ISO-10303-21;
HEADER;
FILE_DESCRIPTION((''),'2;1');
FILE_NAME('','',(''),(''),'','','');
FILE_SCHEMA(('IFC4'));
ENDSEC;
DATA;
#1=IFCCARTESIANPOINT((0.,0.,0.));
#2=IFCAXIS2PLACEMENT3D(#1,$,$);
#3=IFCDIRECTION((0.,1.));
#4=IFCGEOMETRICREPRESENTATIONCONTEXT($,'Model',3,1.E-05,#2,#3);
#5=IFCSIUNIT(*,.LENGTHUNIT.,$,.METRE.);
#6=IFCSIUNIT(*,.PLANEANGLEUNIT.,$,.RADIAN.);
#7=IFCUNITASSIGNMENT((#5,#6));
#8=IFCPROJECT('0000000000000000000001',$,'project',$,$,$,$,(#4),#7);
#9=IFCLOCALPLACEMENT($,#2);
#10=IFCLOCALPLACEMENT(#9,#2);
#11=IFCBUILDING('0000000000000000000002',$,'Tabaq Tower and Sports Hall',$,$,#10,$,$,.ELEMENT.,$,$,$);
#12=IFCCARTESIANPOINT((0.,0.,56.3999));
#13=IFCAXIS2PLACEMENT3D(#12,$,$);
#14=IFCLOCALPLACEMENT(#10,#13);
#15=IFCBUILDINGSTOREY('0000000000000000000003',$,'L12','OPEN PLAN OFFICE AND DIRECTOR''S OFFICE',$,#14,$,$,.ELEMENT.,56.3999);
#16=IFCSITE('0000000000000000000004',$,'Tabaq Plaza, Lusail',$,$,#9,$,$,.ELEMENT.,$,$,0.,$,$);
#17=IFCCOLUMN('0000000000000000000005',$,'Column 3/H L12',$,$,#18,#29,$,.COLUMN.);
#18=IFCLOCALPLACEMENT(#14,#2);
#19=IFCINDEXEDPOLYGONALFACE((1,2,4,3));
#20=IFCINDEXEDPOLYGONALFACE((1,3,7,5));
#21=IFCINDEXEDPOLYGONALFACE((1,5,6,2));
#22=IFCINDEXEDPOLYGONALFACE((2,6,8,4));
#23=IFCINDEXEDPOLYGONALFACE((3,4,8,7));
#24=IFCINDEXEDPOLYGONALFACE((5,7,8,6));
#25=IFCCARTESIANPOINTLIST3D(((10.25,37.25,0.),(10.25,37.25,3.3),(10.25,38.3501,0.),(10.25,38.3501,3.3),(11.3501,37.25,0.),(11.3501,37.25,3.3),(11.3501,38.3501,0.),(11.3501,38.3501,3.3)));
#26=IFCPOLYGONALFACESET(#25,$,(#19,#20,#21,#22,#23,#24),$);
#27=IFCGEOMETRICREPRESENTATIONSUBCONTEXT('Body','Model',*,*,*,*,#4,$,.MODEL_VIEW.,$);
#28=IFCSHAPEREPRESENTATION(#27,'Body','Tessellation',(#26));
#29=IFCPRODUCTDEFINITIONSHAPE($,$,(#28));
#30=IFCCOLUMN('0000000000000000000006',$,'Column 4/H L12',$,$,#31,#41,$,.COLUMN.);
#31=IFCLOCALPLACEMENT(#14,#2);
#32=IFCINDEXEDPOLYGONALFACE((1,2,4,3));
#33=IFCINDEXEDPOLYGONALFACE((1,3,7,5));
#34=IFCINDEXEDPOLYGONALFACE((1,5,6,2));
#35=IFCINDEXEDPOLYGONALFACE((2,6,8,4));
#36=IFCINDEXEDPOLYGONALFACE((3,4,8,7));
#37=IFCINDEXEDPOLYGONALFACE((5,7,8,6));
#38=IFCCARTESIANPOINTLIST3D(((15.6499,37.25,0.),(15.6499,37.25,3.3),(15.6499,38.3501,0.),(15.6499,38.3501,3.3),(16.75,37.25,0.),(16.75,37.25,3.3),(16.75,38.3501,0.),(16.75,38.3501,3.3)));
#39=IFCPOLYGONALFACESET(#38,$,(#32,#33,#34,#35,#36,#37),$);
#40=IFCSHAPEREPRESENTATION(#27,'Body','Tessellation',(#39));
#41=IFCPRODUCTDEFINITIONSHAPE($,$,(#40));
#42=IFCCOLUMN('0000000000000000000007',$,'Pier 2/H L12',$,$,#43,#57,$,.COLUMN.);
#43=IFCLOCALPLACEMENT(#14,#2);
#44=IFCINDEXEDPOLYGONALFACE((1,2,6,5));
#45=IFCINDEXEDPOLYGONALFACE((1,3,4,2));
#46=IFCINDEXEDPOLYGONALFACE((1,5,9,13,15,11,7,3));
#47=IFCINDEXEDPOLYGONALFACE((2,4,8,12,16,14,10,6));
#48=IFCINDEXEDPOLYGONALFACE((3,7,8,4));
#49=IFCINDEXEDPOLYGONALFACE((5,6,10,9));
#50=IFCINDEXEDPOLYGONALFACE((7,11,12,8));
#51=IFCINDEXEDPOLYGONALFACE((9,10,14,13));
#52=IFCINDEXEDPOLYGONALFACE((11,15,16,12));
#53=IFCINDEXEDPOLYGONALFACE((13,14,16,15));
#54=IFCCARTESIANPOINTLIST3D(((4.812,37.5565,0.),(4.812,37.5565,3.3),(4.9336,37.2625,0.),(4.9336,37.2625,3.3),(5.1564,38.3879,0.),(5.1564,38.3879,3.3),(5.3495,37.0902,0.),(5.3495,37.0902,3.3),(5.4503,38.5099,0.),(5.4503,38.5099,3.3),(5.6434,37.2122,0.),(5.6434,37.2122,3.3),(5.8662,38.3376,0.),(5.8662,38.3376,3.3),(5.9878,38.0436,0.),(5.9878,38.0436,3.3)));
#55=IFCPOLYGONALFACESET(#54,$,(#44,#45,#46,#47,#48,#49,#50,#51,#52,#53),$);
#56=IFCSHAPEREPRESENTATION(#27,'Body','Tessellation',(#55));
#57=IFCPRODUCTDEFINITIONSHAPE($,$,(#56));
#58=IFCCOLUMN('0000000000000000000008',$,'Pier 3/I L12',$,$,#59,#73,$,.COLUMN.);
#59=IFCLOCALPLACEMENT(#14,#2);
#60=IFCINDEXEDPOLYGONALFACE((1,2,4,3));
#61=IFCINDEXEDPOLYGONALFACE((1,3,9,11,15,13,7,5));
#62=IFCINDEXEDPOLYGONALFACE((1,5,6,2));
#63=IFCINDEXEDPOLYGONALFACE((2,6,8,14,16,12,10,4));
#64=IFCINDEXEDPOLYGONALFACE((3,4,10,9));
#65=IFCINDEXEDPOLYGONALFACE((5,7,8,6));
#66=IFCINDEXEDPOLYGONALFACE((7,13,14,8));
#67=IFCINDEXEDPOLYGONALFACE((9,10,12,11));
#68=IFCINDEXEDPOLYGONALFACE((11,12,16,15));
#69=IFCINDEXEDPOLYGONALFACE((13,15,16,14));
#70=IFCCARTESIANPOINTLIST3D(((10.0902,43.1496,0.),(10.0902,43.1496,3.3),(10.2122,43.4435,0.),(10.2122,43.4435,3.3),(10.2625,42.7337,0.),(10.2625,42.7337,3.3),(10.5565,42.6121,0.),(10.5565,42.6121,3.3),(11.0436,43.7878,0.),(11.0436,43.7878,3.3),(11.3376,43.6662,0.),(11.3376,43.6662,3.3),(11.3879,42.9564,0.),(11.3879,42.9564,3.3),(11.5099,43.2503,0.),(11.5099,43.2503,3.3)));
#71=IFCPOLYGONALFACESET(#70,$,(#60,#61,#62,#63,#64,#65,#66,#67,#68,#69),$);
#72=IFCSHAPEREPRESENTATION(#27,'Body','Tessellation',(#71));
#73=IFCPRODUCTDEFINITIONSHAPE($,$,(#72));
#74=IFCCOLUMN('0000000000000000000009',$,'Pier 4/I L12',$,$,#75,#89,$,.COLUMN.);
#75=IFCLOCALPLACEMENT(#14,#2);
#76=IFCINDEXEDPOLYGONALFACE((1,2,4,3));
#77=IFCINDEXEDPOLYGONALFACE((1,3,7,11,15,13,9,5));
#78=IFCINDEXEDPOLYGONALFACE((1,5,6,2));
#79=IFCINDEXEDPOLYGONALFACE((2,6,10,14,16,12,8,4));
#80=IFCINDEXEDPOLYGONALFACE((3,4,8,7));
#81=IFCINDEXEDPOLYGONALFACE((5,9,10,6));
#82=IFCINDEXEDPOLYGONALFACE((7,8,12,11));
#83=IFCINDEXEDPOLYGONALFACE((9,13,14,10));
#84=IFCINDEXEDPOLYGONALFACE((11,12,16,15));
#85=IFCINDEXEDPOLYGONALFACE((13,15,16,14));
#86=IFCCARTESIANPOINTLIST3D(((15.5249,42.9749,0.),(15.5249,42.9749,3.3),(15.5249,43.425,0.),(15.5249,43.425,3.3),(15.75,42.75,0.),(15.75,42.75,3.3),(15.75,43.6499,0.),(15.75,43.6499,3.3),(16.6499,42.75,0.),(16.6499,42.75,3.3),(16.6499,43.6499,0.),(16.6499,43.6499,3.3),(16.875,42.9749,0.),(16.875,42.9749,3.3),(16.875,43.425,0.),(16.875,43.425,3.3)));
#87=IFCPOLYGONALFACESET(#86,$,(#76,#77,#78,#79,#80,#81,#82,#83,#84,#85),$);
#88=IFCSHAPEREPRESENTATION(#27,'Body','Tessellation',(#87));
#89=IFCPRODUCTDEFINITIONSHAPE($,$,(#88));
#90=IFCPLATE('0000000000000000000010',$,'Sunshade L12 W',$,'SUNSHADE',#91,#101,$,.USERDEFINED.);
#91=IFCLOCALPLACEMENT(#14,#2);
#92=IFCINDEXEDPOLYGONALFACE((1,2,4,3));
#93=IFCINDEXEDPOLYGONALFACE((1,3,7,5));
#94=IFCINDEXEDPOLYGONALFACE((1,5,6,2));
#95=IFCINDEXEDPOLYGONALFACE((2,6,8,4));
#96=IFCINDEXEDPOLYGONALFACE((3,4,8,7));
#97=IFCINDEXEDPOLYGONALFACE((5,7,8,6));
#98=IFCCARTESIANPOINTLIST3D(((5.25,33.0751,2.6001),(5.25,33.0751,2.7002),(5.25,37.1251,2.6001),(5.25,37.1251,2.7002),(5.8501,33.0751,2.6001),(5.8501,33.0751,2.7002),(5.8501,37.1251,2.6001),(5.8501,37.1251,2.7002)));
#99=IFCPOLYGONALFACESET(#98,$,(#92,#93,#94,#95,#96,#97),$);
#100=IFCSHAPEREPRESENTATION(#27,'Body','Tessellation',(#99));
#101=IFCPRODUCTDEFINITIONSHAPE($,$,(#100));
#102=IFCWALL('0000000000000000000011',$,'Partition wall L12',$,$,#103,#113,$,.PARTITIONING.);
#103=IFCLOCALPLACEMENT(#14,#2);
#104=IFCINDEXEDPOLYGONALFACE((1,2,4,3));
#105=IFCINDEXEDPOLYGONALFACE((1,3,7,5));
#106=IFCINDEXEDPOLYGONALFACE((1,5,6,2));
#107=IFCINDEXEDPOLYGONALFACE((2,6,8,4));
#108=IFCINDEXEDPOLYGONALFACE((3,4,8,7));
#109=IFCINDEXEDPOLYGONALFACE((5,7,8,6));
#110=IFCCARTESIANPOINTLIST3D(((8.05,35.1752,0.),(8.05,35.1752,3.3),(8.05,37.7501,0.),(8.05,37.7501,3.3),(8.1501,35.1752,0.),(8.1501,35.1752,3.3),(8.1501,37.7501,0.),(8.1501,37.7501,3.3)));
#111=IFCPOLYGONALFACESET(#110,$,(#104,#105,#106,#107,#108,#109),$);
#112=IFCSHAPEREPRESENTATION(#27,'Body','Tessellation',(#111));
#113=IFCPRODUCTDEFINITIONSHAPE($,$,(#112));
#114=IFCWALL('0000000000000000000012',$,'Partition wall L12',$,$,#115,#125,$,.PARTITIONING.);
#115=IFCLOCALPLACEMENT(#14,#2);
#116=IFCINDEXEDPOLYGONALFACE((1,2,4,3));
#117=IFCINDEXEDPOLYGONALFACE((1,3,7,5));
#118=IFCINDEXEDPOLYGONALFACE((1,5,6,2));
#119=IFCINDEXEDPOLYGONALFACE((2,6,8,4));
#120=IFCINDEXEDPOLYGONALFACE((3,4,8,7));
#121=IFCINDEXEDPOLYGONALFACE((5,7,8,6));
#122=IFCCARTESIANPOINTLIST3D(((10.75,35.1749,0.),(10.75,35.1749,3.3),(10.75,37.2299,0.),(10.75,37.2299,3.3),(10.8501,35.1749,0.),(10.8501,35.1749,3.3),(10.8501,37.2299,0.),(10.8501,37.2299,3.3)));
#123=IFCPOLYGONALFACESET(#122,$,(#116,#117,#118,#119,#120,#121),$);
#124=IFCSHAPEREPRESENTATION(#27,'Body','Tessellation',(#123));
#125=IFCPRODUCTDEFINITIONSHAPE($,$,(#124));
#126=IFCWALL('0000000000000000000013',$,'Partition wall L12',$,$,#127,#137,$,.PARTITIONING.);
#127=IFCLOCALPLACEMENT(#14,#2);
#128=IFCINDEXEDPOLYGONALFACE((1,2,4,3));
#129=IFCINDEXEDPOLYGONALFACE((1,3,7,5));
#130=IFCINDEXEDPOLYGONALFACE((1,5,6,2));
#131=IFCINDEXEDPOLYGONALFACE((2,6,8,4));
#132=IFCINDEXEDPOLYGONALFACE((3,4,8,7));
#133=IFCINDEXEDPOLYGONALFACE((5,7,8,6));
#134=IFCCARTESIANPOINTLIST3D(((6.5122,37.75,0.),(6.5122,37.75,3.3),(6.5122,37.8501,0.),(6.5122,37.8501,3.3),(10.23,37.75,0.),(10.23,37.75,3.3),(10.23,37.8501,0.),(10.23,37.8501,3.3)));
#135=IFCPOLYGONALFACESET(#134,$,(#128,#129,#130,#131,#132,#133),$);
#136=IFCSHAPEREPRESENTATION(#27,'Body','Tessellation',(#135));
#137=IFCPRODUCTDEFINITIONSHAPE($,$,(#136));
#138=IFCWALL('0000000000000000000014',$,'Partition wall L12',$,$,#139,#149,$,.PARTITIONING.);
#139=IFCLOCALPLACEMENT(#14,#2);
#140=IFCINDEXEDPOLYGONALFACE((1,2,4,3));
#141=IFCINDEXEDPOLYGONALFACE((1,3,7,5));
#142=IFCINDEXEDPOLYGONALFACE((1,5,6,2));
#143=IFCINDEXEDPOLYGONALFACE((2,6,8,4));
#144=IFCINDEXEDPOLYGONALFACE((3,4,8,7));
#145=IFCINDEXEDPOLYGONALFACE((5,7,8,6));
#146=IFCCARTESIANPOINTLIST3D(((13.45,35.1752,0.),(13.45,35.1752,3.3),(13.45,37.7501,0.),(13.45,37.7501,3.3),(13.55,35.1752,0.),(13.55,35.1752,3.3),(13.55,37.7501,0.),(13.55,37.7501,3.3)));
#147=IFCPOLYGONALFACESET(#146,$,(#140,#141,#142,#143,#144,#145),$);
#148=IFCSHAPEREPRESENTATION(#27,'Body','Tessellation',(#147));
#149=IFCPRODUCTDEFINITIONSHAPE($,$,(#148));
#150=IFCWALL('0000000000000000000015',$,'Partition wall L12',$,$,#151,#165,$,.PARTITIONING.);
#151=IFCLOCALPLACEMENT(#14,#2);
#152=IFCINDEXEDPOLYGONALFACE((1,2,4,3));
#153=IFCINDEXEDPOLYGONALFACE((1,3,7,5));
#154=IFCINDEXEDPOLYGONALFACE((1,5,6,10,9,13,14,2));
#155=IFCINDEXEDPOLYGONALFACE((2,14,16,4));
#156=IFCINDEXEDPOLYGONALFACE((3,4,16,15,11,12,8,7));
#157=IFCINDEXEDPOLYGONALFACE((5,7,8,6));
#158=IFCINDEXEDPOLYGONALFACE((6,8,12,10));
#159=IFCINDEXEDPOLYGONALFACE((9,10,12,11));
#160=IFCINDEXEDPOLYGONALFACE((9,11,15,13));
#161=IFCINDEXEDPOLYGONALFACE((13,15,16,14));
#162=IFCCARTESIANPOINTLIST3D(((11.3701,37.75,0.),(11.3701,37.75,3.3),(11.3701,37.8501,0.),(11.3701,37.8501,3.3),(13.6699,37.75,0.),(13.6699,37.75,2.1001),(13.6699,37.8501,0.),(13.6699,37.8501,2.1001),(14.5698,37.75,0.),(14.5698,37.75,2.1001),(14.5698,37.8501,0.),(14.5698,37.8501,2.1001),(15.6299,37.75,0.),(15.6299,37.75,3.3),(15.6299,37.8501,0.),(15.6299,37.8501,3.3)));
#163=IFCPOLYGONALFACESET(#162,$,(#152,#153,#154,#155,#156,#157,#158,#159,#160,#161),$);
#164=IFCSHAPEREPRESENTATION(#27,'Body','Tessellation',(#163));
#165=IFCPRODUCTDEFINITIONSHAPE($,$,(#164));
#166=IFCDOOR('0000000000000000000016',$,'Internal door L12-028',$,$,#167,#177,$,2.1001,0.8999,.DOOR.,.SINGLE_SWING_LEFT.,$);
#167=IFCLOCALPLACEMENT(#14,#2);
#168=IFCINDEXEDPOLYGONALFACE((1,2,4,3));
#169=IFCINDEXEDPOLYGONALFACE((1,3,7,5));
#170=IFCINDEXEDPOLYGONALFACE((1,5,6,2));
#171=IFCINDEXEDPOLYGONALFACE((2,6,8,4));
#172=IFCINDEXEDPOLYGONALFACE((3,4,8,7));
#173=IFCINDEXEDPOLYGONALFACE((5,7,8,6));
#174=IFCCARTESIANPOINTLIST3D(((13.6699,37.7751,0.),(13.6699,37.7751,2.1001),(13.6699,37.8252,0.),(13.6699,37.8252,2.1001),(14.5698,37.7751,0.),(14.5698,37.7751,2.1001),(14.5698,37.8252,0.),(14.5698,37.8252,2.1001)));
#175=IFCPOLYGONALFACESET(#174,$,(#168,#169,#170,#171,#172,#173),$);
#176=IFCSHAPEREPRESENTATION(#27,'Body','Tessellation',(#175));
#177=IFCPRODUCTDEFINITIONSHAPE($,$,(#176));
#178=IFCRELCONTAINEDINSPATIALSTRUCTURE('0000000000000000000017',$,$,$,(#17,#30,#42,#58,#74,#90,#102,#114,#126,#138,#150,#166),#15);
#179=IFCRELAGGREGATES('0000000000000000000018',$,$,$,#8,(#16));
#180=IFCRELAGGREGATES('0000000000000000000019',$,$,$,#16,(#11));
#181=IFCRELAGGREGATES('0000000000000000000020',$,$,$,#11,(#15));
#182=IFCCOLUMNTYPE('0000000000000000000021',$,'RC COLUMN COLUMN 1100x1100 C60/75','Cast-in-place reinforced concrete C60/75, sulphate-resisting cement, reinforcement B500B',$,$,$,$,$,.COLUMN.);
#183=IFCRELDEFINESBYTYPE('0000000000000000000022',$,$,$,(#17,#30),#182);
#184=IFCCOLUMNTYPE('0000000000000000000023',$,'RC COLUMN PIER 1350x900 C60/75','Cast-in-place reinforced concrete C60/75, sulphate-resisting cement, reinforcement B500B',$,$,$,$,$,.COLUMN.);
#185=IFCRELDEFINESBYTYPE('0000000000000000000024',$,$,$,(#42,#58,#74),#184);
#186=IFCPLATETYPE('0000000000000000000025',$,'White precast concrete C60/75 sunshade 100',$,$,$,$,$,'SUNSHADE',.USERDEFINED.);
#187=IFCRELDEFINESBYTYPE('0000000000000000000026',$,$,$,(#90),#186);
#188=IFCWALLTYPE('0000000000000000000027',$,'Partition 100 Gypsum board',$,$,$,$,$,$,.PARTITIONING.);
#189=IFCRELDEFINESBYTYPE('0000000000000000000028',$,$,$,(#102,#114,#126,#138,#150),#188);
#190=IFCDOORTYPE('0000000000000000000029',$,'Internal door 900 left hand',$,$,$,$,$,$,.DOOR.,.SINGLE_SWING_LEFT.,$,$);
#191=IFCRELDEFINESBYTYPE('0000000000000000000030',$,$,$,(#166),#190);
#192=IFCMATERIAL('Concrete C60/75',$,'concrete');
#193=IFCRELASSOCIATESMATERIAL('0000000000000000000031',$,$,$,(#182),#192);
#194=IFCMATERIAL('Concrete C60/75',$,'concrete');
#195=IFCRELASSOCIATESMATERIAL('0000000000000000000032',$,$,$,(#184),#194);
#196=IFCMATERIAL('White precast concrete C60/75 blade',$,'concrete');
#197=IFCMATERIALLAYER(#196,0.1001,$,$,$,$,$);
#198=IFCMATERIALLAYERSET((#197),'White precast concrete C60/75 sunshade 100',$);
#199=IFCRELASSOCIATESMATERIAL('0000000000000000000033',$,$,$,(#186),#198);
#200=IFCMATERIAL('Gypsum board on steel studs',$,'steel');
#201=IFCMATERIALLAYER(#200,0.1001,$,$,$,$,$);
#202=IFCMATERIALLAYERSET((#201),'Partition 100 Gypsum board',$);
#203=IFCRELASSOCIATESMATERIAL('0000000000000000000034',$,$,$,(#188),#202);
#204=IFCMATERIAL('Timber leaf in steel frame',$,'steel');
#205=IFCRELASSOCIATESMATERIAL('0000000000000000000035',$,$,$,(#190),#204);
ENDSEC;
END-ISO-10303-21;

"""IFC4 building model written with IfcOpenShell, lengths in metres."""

from ifc_helpers import new_model, si_unit, direction, frame, frame_2d, origin, origin_2d, place, context, subcontext, project, spatial, polyline, rectangle, outline, extrude, material, layer, layer_set, material_profile, profile_set, type_object, element, fill, save


model = new_model("IFC4")

# Units and contexts
model_context = context("Model", 3, precision=1e-05, world=origin(), true_north=direction((0.0, 1.0)))
body_context = subcontext(model_context, "Body", "Model", "MODEL_VIEW")
ifc_project = project(units=[si_unit("LENGTHUNIT", "METRE"), si_unit("PLANEANGLEUNIT", "RADIAN")], contexts=[model_context])

# Site, building, storey
site_placement = place(None, origin())
site = spatial("IfcSite", under=ifc_project, at=site_placement, Name="Tabaq Plaza, Lusail", CompositionType="ELEMENT", RefElevation=0.0)
building_placement = place(site_placement, origin())
building = spatial("IfcBuilding", under=site, at=building_placement, Name="Tabaq Tower and Sports Hall", CompositionType="ELEMENT")
storey_placement = place(building_placement, frame((0.0, 0.0, 56.3999)))
storey = spatial("IfcBuildingStorey", under=building, at=storey_placement, Name="L12", Description="OPEN PLAN OFFICE AND DIRECTOR'S OFFICE", CompositionType="ELEMENT", Elevation=56.3999)

# Columns
ifc_material_1 = material(Name="Concrete C60/75", Category="concrete")
ifc_material_profile_1 = material_profile(ifc_material_1, rectangle(XDim=1.1001, YDim=1.1001, at=origin_2d()), Name="COLUMN 1100x1100")
ifc_profile_set_1 = profile_set([ifc_material_profile_1], Name="Concrete C60/75")
column_type_1 = type_object("IfcColumnType", Name="RC COLUMN COLUMN 1100x1100 C60/75", Description="Cast-in-place reinforced concrete C60/75, sulphate-resisting cement, reinforcement B500B", PredefinedType="COLUMN", material=ifc_profile_set_1)
for number, where, z_axis, x_axis, name in (
    (1, (10.8, 37.8, 0.0), (0.0, 0.0, 1.0), (1.0, 0.0, 0.0), "Column 3/H L12"),
    (2, (16.2, 37.8, 0.0), (0.0, 0.0, 1.0), (1.0, 0.0, 0.0), "Column 4/H L12"),
):
    element("IfcColumn", number, at=place(storey_placement, frame(where, z_axis=z_axis, x_axis=x_axis)), inside=storey, type_object=column_type_1, Name=name, PredefinedType="COLUMN", context=body_context, shape_type="SweptSolid", body=[
        extrude(rectangle(XDim=1.1001, YDim=1.1001, at=origin_2d()), origin(), (0.0, 0.0, 1.0), 3.3),
    ])
ifc_material_2 = material(Name="Concrete C60/75", Category="concrete")
ifc_material_profile_2 = material_profile(ifc_material_2, outline(polyline([(-0.45, -0.45), (0.45, -0.45), (0.675, -0.2251), (0.675, 0.2251), (0.45, 0.45), (-0.45, 0.45), (-0.675, 0.2251), (-0.675, -0.2251), (-0.45, -0.45)])), Name="PIER 1350x900")
ifc_profile_set_2 = profile_set([ifc_material_profile_2], Name="Concrete C60/75")
column_type_2 = type_object("IfcColumnType", Name="RC COLUMN PIER 1350x900 C60/75", Description="Cast-in-place reinforced concrete C60/75, sulphate-resisting cement, reinforcement B500B", PredefinedType="COLUMN", material=ifc_profile_set_2)
for number, where, z_axis, x_axis, name in (
    (3, (5.3999, 37.8, 0.0), (0.0, 0.0, 1.0), (0.382683, 0.92388, 0.0), "Pier 2/H L12"),
    (4, (10.8, 43.2, 0.0), (0.0, 0.0, 1.0), (0.92388, 0.382683, 0.0), "Pier 3/I L12"),
    (5, (16.2, 43.2, 0.0), (0.0, 0.0, 1.0), (1.0, 0.0, 0.0), "Pier 4/I L12"),
):
    element("IfcColumn", number, at=place(storey_placement, frame(where, z_axis=z_axis, x_axis=x_axis)), inside=storey, type_object=column_type_2, Name=name, PredefinedType="COLUMN", context=body_context, shape_type="SweptSolid", body=[
        extrude(outline(polyline([(-0.45, -0.45), (0.45, -0.45), (0.675, -0.2251), (0.675, 0.2251), (0.45, 0.45), (-0.45, 0.45), (-0.675, 0.2251), (-0.675, -0.2251), (-0.45, -0.45)])), origin(), (0.0, 0.0, 1.0), 3.3),
    ])

# Plate
ifc_material_3 = material(Name="White precast concrete C60/75 blade", Category="concrete")
ifc_layer_1 = layer(ifc_material_3, 0.1001)
ifc_layer_set_1 = layer_set([ifc_layer_1], Name="White precast concrete C60/75 sunshade 100")
plate_type = type_object("IfcPlateType", Name="White precast concrete C60/75 sunshade 100", ElementType="SUNSHADE", PredefinedType="USERDEFINED", material=ifc_layer_set_1)
plate_placement = place(storey_placement, frame((5.55, 35.1001, 2.6001), z_axis=(0.0, 0.0, 1.0), x_axis=(0.0, -1.0, 0.0)))
element("IfcPlate", 6, at=plate_placement, inside=storey, type_object=plate_type, Name="Sunshade L12 W", ObjectType="SUNSHADE", PredefinedType="USERDEFINED", context=body_context, shape_type="SweptSolid", body=[
    extrude(rectangle(XDim=4.05, YDim=0.6001, at=origin_2d()), origin(), (0.0, 0.0, 1.0), 0.1001),
])

# Walls
ifc_material_4 = material(Name="Gypsum board on steel studs", Category="steel")
ifc_layer_2 = layer(ifc_material_4, 0.1001)
ifc_layer_set_2 = layer_set([ifc_layer_2], Name="Partition 100 Gypsum board")
wall_type_1 = type_object("IfcWallType", Name="Partition 100 Gypsum board", PredefinedType="PARTITIONING", material=ifc_layer_set_2)
wall_1_placement = place(storey_placement, frame((8.1001, 35.175, 0.0), z_axis=(0.0, 0.0, 1.0), x_axis=(0.0, 1.0, 0.0)))
element("IfcWall", 7, at=wall_1_placement, inside=storey, type_object=wall_type_1, Name="Partition wall L12", PredefinedType="PARTITIONING", context=body_context, shape_type="SweptSolid", body=[
    extrude(rectangle(XDim=2.575, YDim=0.1001, at=frame_2d((1.2876, 0.0))), origin(), (0.0, 0.0, 1.0), 3.3),
])
wall_2_placement = place(storey_placement, frame((10.8, 35.175, 0.0), z_axis=(0.0, 0.0, 1.0), x_axis=(0.0, 1.0, 0.0)))
element("IfcWall", 8, at=wall_2_placement, inside=storey, type_object=wall_type_1, Name="Partition wall L12", PredefinedType="PARTITIONING", context=body_context, shape_type="SweptSolid", body=[
    extrude(rectangle(XDim=2.0549, YDim=0.1001, at=frame_2d((1.0273, 0.0))), origin(), (0.0, 0.0, 1.0), 3.3),
])
wall_3_placement = place(storey_placement, frame((10.23, 37.8, 0.0), z_axis=(0.0, 0.0, 1.0), x_axis=(-1.0, 0.0, 0.0)))
element("IfcWall", 9, at=wall_3_placement, inside=storey, type_object=wall_type_1, Name="Partition wall L12", PredefinedType="PARTITIONING", context=body_context, shape_type="SweptSolid", body=[
    extrude(rectangle(XDim=3.7178, YDim=0.1001, at=frame_2d((1.8589, 0.0))), origin(), (0.0, 0.0, 1.0), 3.3),
])
wall_4_placement = place(storey_placement, frame((13.5, 35.175, 0.0), z_axis=(0.0, 0.0, 1.0), x_axis=(0.0, 1.0, 0.0)))
element("IfcWall", 10, at=wall_4_placement, inside=storey, type_object=wall_type_1, Name="Partition wall L12", PredefinedType="PARTITIONING", context=body_context, shape_type="SweptSolid", body=[
    extrude(rectangle(XDim=2.575, YDim=0.1001, at=frame_2d((1.2876, 0.0))), origin(), (0.0, 0.0, 1.0), 3.3),
])

# Wall, opening, door
wall_5_placement = place(storey_placement, frame((15.6299, 37.8, 0.0), z_axis=(0.0, 0.0, 1.0), x_axis=(-1.0, 0.0, 0.0)))
wall_5 = element("IfcWall", 11, at=wall_5_placement, inside=storey, type_object=wall_type_1, Name="Partition wall L12", PredefinedType="PARTITIONING", context=body_context, shape_type="SweptSolid", body=[
    extrude(rectangle(XDim=4.2598, YDim=0.1001, at=frame_2d((2.1299, 0.0))), origin(), (0.0, 0.0, 1.0), 3.3),
])
opening_1_placement = place(wall_5_placement, frame((1.0601, 0.0, 0.0)))
opening_1 = element("IfcOpeningElement", 12, at=opening_1_placement, cuts=wall_5, PredefinedType="OPENING", context=body_context, shape_type="SweptSolid", body=[
    extrude(rectangle(XDim=0.8999, YDim=2.1001, at=frame_2d((0.45, 1.05))), frame((0.0, 0.05, 0.0), z_axis=(0.0, -1.0, 0.0), x_axis=(1.0, 0.0, 0.0)), (0.0, 0.0, 1.0), 0.1001),
])
ifc_material_5 = material(Name="Timber leaf in steel frame", Category="steel")
door_type_1 = type_object("IfcDoorType", Name="Internal door 900 left hand", OperationType="SINGLE_SWING_LEFT", PredefinedType="DOOR", material=ifc_material_5)
door_1_placement = place(opening_1_placement, origin())
door_1 = element("IfcDoor", 13, at=door_1_placement, inside=storey, type_object=door_type_1, Name="Internal door L12-028", OperationType="SINGLE_SWING_LEFT", OverallHeight=2.1001, OverallWidth=0.8999, PredefinedType="DOOR", context=body_context, shape_type="SweptSolid", body=[
    extrude(rectangle(XDim=0.8999, YDim=2.1001, at=frame_2d((0.45, 1.05))), frame((0.0, 0.0249, 0.0), z_axis=(0.0, -1.0, 0.0), x_axis=(1.0, 0.0, 0.0)), (0.0, 0.0, 1.0), 0.05),
])
fill(opening_1, door_1)

save(model, "model.ifc")
